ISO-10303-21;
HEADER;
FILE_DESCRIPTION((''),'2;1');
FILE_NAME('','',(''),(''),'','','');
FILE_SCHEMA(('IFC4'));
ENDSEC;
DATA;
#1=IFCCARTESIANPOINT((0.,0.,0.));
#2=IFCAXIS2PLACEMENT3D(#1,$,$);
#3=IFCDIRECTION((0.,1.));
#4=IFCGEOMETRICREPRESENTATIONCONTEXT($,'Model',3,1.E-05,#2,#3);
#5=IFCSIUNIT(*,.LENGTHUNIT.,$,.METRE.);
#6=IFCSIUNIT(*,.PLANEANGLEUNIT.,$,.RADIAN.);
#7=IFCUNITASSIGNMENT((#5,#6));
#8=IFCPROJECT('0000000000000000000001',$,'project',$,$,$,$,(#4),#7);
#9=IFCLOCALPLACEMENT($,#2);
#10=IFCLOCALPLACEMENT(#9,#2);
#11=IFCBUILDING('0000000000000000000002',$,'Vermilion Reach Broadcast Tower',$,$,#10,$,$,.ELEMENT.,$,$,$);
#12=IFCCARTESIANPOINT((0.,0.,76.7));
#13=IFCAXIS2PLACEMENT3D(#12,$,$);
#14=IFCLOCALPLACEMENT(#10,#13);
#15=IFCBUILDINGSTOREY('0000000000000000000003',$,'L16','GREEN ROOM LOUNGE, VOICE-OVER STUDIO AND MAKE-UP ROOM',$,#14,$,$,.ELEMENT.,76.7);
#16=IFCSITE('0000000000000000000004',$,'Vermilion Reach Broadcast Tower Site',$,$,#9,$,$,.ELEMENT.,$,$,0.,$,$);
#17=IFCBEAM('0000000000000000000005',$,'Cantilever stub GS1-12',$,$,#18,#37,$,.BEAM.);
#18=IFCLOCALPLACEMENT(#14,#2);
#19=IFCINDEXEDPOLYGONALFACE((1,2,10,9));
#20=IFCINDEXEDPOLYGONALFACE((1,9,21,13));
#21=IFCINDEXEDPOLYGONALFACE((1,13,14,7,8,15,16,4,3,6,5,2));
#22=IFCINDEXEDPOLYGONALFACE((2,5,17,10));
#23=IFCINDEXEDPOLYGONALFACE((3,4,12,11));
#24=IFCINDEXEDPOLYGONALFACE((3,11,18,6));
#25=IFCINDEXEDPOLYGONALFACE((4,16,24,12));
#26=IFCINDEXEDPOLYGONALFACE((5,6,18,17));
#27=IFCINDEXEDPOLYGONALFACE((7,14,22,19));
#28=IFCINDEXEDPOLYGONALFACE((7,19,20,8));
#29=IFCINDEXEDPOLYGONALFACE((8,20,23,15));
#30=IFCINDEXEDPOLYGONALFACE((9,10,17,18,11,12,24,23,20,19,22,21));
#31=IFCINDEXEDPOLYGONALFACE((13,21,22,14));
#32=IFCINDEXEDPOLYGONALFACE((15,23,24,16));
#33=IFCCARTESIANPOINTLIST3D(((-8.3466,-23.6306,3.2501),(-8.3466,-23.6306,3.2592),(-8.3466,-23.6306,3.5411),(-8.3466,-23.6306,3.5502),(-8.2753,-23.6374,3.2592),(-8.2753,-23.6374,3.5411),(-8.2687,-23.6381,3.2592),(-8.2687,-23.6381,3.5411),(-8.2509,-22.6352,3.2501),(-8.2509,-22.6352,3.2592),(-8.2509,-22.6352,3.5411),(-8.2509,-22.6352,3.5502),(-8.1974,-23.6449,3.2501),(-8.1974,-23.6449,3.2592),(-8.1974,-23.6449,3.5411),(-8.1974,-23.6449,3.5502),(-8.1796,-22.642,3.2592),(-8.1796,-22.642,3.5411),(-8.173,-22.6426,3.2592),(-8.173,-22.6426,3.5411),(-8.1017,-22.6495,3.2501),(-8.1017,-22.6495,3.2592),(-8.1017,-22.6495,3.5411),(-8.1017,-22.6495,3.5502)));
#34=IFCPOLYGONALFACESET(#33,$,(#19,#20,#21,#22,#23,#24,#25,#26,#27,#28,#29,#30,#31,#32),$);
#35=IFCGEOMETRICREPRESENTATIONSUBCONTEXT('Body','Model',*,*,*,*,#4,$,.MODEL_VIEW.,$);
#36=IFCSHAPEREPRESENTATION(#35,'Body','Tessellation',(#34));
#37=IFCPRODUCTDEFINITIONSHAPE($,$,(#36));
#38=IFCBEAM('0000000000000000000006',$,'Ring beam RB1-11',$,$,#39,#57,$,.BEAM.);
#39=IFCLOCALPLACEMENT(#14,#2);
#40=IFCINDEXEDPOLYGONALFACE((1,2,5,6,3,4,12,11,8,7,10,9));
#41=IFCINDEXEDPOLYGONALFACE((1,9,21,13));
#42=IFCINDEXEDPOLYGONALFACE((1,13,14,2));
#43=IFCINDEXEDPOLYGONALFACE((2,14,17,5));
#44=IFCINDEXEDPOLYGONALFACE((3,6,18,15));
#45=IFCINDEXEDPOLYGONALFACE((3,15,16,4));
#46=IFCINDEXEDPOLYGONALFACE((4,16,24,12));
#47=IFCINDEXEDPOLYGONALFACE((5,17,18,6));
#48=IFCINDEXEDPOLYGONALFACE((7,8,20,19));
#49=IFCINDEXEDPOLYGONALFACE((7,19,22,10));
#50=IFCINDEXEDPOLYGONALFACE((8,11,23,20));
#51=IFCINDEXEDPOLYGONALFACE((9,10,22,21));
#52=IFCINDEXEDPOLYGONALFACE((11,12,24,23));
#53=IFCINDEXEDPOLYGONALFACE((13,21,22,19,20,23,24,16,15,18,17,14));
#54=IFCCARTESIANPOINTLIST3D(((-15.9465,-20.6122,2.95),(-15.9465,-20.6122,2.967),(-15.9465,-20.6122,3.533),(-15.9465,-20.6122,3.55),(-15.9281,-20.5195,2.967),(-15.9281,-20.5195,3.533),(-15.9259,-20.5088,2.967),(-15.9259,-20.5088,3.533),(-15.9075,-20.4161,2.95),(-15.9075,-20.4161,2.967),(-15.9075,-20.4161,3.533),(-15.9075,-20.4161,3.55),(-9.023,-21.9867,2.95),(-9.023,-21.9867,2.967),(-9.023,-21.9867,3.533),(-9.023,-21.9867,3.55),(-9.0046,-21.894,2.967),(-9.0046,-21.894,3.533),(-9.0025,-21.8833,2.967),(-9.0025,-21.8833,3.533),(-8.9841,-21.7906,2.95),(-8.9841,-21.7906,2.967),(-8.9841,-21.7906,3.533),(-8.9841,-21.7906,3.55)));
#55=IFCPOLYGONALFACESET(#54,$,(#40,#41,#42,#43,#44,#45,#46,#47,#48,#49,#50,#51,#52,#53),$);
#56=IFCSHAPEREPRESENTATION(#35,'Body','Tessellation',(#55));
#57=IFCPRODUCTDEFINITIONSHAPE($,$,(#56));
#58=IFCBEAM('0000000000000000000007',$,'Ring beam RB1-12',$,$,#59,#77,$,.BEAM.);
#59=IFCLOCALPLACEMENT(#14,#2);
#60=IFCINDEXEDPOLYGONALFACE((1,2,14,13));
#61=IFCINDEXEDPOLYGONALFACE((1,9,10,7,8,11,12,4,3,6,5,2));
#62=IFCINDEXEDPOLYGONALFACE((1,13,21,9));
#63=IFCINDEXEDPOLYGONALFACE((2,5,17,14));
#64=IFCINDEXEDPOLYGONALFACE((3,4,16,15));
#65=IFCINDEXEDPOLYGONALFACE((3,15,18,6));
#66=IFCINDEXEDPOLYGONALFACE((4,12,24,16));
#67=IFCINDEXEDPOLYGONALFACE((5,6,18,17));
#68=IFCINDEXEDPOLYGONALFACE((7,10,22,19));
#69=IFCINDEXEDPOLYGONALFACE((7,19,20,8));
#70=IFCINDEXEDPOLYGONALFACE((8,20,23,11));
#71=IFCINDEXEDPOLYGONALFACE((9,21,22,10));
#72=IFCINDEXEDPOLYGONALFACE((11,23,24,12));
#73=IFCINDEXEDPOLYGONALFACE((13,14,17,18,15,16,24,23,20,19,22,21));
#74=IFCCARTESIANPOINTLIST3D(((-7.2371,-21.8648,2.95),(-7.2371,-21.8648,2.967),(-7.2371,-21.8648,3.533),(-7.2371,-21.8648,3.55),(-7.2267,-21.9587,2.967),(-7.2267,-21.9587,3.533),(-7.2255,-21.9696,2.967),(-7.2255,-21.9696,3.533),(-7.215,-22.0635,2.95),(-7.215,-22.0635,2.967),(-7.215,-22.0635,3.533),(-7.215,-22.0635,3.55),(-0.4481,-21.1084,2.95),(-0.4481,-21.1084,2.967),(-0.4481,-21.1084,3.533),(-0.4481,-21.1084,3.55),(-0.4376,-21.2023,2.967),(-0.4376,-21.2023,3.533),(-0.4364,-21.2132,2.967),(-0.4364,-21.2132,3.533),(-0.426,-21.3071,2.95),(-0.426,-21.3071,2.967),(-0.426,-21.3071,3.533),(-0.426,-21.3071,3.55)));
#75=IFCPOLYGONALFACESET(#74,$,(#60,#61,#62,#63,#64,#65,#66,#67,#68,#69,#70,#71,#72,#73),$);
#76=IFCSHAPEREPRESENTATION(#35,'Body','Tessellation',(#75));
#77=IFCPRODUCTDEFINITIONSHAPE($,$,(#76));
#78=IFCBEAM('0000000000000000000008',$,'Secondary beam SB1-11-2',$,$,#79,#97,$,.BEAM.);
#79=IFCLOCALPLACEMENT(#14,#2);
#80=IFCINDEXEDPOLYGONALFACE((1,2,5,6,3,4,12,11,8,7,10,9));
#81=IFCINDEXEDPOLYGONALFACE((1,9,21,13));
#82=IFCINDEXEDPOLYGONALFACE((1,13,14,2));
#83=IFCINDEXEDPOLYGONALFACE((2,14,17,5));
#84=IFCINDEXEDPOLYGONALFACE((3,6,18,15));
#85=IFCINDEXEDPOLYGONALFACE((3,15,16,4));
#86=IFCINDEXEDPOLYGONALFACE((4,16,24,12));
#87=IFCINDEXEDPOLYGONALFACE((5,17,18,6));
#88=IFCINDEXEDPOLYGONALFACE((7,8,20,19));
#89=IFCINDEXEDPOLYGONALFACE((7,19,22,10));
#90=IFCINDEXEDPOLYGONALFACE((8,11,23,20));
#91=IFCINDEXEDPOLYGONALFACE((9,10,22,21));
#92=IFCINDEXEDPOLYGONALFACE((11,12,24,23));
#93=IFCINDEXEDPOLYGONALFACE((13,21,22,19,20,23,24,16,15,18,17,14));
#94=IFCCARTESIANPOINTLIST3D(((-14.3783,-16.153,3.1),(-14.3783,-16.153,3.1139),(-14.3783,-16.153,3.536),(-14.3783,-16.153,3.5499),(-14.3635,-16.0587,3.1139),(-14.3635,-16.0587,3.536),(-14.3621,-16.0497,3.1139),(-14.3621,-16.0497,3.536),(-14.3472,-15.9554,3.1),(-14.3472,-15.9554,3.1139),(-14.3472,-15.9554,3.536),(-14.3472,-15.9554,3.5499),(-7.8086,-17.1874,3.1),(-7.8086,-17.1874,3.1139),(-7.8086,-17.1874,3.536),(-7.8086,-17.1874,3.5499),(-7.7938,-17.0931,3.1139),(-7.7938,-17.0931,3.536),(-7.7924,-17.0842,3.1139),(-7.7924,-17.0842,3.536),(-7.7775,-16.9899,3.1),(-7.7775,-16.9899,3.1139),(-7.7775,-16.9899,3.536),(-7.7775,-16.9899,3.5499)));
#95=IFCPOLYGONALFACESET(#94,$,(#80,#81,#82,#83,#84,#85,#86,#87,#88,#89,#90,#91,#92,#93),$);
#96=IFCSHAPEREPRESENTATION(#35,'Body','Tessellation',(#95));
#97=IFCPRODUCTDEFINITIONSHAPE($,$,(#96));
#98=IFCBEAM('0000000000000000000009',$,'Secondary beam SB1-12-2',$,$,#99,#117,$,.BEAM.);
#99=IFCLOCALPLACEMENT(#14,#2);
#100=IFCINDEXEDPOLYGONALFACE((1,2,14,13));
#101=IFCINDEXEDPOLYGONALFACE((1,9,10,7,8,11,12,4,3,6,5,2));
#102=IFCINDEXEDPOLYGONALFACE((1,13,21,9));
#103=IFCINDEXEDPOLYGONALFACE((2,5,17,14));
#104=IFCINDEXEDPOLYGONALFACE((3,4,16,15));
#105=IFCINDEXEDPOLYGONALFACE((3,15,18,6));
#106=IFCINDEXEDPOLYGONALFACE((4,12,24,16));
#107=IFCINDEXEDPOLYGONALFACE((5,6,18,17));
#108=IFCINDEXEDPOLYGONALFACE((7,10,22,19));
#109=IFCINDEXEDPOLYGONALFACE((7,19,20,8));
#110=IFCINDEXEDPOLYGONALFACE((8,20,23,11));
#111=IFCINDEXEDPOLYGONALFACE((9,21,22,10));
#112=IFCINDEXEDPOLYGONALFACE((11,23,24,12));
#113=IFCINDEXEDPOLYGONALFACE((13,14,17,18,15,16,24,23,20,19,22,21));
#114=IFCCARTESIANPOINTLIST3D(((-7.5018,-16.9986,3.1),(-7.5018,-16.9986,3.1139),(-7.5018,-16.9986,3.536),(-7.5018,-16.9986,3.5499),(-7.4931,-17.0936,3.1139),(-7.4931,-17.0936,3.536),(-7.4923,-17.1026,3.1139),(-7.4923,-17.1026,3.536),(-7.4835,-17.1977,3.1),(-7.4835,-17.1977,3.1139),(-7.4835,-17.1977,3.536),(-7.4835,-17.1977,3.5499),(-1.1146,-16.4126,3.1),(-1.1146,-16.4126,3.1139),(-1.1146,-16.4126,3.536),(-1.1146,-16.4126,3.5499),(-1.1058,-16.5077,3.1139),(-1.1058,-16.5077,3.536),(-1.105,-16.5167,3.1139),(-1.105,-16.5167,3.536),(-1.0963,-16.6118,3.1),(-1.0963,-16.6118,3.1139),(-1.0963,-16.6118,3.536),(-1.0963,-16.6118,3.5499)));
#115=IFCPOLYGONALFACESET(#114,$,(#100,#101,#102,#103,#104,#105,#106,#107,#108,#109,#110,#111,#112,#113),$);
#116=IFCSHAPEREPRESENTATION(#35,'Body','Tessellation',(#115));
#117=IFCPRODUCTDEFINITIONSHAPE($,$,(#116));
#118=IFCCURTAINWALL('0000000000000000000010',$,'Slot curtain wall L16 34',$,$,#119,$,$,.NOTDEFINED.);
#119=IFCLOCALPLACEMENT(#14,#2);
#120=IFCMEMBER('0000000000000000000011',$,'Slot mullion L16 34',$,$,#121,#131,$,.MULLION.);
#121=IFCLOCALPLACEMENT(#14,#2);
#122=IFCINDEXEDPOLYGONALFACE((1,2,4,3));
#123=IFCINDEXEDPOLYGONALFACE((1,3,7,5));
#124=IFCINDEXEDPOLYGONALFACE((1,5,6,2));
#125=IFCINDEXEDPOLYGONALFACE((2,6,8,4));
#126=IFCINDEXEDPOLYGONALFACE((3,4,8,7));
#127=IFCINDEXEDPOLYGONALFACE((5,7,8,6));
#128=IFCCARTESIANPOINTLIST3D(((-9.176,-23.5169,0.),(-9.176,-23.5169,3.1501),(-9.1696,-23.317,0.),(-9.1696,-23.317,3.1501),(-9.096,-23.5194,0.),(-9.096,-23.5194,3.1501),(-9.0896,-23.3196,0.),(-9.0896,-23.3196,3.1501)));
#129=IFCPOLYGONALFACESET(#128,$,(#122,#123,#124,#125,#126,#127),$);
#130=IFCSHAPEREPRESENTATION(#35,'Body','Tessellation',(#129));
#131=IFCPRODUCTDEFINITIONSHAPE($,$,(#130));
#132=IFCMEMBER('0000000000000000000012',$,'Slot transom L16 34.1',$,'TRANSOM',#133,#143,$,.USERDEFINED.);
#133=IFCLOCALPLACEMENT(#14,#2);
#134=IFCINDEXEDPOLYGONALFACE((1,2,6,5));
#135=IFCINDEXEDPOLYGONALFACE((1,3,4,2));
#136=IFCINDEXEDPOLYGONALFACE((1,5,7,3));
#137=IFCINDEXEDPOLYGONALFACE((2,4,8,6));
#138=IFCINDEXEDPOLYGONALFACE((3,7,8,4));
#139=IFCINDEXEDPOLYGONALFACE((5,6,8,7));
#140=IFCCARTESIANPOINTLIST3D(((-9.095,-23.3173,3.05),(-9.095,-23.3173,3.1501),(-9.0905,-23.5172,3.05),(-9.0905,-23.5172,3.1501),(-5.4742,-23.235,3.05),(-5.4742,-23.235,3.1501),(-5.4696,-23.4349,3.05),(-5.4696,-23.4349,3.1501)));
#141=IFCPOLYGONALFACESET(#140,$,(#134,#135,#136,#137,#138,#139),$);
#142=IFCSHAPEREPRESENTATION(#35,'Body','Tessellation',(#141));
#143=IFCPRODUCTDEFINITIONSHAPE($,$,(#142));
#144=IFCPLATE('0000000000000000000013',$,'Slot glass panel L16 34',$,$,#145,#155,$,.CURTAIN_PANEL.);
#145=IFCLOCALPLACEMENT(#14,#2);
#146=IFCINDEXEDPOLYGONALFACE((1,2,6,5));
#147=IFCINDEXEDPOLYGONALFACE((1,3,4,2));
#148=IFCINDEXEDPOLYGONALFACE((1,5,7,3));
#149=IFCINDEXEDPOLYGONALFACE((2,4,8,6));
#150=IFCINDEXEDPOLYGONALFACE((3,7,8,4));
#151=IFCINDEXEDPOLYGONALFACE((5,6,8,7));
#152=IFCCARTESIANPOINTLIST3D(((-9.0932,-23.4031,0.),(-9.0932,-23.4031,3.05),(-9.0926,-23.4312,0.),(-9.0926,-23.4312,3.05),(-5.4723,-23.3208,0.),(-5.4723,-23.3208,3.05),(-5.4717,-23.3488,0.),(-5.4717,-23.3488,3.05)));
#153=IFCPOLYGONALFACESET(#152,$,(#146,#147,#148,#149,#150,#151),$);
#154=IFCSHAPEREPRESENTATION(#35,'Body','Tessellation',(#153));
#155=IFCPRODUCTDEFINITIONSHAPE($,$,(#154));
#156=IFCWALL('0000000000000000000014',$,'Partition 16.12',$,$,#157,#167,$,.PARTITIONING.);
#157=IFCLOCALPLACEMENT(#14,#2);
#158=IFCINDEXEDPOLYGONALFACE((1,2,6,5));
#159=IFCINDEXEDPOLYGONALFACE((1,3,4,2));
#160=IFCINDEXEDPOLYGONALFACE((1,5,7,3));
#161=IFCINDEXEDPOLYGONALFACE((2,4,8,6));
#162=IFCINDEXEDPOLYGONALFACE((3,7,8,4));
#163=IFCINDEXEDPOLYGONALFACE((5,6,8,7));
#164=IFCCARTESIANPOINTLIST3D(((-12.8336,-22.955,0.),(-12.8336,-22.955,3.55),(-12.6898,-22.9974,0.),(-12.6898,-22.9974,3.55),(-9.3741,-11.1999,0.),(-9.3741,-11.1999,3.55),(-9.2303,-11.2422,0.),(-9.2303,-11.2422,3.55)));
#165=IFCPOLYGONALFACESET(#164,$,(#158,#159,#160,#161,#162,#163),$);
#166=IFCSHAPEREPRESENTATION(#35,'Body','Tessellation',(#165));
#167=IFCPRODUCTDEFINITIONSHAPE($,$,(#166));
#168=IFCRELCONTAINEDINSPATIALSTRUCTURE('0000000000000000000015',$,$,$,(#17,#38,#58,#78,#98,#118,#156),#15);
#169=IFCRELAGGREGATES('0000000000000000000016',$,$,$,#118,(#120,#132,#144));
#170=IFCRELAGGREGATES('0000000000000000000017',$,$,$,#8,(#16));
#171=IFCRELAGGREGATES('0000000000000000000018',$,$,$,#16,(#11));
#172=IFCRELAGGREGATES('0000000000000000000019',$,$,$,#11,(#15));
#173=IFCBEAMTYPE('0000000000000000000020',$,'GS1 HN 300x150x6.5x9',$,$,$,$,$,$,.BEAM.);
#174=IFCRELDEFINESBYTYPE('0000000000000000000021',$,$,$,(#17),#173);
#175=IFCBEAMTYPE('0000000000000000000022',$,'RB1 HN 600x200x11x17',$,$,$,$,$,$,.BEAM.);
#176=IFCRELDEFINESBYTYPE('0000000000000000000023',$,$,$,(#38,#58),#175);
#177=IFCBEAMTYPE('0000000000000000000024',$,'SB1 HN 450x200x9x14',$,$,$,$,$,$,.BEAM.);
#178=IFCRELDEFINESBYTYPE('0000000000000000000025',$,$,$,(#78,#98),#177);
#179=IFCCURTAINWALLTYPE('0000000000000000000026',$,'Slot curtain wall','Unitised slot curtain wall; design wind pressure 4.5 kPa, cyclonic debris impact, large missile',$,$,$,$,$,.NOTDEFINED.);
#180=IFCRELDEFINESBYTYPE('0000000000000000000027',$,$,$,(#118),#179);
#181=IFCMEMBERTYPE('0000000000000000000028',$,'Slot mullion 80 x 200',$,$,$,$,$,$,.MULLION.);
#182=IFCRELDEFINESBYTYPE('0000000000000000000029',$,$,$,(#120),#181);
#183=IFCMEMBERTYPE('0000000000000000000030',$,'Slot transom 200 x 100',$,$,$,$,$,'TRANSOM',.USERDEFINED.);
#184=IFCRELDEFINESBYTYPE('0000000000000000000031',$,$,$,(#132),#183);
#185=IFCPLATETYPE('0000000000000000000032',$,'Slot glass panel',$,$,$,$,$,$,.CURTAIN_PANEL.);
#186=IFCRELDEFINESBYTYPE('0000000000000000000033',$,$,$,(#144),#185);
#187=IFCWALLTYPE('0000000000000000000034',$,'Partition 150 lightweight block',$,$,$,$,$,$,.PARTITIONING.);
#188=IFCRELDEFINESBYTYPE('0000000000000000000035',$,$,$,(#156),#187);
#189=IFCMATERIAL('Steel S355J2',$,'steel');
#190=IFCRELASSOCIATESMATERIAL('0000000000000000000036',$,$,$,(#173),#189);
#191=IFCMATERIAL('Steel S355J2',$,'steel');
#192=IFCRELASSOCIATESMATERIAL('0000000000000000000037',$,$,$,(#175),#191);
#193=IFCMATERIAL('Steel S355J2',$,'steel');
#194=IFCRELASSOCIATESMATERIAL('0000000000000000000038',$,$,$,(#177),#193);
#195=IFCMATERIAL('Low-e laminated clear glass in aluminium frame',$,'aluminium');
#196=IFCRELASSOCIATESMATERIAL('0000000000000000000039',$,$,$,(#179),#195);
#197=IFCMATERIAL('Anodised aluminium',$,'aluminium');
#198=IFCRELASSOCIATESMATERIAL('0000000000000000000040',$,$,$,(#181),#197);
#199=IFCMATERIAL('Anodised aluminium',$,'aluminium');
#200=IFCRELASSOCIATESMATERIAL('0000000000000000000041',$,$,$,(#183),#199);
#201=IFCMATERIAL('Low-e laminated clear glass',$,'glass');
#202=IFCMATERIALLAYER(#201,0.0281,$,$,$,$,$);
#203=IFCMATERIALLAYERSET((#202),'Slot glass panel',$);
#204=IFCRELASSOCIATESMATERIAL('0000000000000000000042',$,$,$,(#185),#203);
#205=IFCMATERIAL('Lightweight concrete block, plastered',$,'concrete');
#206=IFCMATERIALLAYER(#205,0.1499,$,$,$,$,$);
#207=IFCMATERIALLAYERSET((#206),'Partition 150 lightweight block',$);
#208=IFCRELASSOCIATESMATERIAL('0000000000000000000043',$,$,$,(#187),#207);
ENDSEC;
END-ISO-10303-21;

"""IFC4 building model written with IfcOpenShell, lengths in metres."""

from ifc_helpers import new_model, si_unit, direction, frame, frame_2d, origin, origin_2d, place, context, subcontext, project, spatial, rectangle, i_section, extrude, material, layer, layer_set, material_profile, profile_set, type_object, element, aggregate, save


model = new_model("IFC4")

# Units and contexts
model_context = context("Model", 3, precision=1e-05, world=origin(), true_north=direction((0.0, 1.0)))
body_context = subcontext(model_context, "Body", "Model", "MODEL_VIEW")
ifc_project = project(units=[si_unit("LENGTHUNIT", "METRE"), si_unit("PLANEANGLEUNIT", "RADIAN")], contexts=[model_context])

# Site, building, storey
site_placement = place(None, origin())
site = spatial("IfcSite", under=ifc_project, at=site_placement, Name="Vermilion Reach Broadcast Tower Site", CompositionType="ELEMENT", RefElevation=0.0)
building_placement = place(site_placement, origin())
building = spatial("IfcBuilding", under=site, at=building_placement, Name="Vermilion Reach Broadcast Tower", CompositionType="ELEMENT")
storey_placement = place(building_placement, frame((0.0, 0.0, 76.7)))
storey = spatial("IfcBuildingStorey", under=building, at=storey_placement, Name="L16", Description="GREEN ROOM LOUNGE, VOICE-OVER STUDIO AND MAKE-UP ROOM", CompositionType="ELEMENT", Elevation=76.7)

# Beams
ifc_material_1 = material(Name="Steel S355J2", Category="steel")
ifc_material_profile_1 = material_profile(ifc_material_1, i_section(OverallWidth=0.1499, OverallDepth=0.3, WebThickness=0.0066, FlangeThickness=0.009, at=origin_2d()), Name="S355J2 HN 300x150x6.5x9")
ifc_profile_set_1 = profile_set([ifc_material_profile_1], Name="Steel S355J2")
beam_type_1 = type_object("IfcBeamType", Name="GS1 HN 300x150x6.5x9", PredefinedType="BEAM", material=ifc_profile_set_1)
beam_1_placement = place(storey_placement, frame((-8.1763, -22.6423, 3.4001), z_axis=(-0.095708, -0.995409, 0.0), x_axis=(0.995409, -0.095708, 0.0)))
element("IfcBeam", 1, at=beam_1_placement, inside=storey, type_object=beam_type_1, Name="Cantilever stub GS1-12", PredefinedType="BEAM", context=body_context, shape_type="SweptSolid", body=[
    extrude(i_section(OverallWidth=0.1499, OverallDepth=0.3, WebThickness=0.0066, FlangeThickness=0.009, at=origin_2d()), origin(), (0.0, 0.0, 1.0), 1.0),
])
ifc_material_2 = material(Name="Steel S355J2", Category="steel")
ifc_material_profile_2 = material_profile(ifc_material_2, i_section(OverallWidth=0.2, OverallDepth=0.6001, WebThickness=0.011, FlangeThickness=0.0171, at=origin_2d()), Name="S355J2 HN 600x200x11x17")
ifc_profile_set_2 = profile_set([ifc_material_profile_2], Name="Steel S355J2")
beam_type_2 = type_object("IfcBeamType", Name="RB1 HN 600x200x11x17", PredefinedType="BEAM", material=ifc_profile_set_2)
beam_2_placement = place(storey_placement, frame((-15.927, -20.5142, 3.25), z_axis=(0.980858, -0.194726, 0.0), x_axis=(0.194726, 0.980858, 0.0)))
element("IfcBeam", 2, at=beam_2_placement, inside=storey, type_object=beam_type_2, Name="Ring beam RB1-11", PredefinedType="BEAM", context=body_context, shape_type="SweptSolid", body=[
    extrude(i_section(OverallWidth=0.2, OverallDepth=0.6001, WebThickness=0.011, FlangeThickness=0.0171, at=origin_2d()), origin(), (0.0, 0.0, 1.0), 7.0586),
])
beam_3_placement = place(storey_placement, frame((-7.2261, -21.9641, 3.25), z_axis=(0.993851, 0.110722, 0.0), x_axis=(-0.110722, 0.993851, 0.0)))
element("IfcBeam", 3, at=beam_3_placement, inside=storey, type_object=beam_type_2, Name="Ring beam RB1-12", PredefinedType="BEAM", context=body_context, shape_type="SweptSolid", body=[
    extrude(i_section(OverallWidth=0.2, OverallDepth=0.6001, WebThickness=0.011, FlangeThickness=0.0171, at=origin_2d()), origin(), (0.0, 0.0, 1.0), 6.8311),
])
ifc_material_3 = material(Name="Steel S355J2", Category="steel")
ifc_material_profile_3 = material_profile(ifc_material_3, i_section(OverallWidth=0.2, OverallDepth=0.45, WebThickness=0.009, FlangeThickness=0.0139, at=origin_2d()), Name="S355J2 HN 450x200x9x14")
ifc_profile_set_3 = profile_set([ifc_material_profile_3], Name="Steel S355J2")
beam_type_3 = type_object("IfcBeamType", Name="SB1 HN 450x200x9x14", PredefinedType="BEAM", material=ifc_profile_set_3)
beam_4_placement = place(storey_placement, frame((-14.3628, -16.0542, 3.325), z_axis=(0.98783, -0.15554, 0.0), x_axis=(0.15554, 0.98783, 0.0)))
element("IfcBeam", 4, at=beam_4_placement, inside=storey, type_object=beam_type_3, Name="Secondary beam SB1-11-2", PredefinedType="BEAM", context=body_context, shape_type="SweptSolid", body=[
    extrude(i_section(OverallWidth=0.2, OverallDepth=0.45, WebThickness=0.009, FlangeThickness=0.0139, at=origin_2d()), origin(), (0.0, 0.0, 1.0), 6.6506),
])
beam_5_placement = place(storey_placement, frame((-7.4927, -17.0981, 3.325), z_axis=(0.995819, 0.091353, 0.0), x_axis=(-0.091353, 0.995819, 0.0)))
element("IfcBeam", 5, at=beam_5_placement, inside=storey, type_object=beam_type_3, Name="Secondary beam SB1-12-2", PredefinedType="BEAM", context=body_context, shape_type="SweptSolid", body=[
    extrude(i_section(OverallWidth=0.2, OverallDepth=0.45, WebThickness=0.009, FlangeThickness=0.0139, at=origin_2d()), origin(), (0.0, 0.0, 1.0), 6.4141),
])

# Curtain wall, members, plate
ifc_material_4 = material(Name="Low-e laminated clear glass in aluminium frame", Category="aluminium")
curtain_wall_type = type_object("IfcCurtainWallType", Name="Slot curtain wall", Description="Unitised slot curtain wall; design wind pressure 4.5 kPa, cyclonic debris impact, large missile", PredefinedType="NOTDEFINED", material=ifc_material_4)
curtain_wall_placement = place(storey_placement, origin())
curtain_wall = element("IfcCurtainWall", 6, at=curtain_wall_placement, inside=storey, type_object=curtain_wall_type, Name="Slot curtain wall L16 34", PredefinedType="NOTDEFINED")
ifc_material_5 = material(Name="Anodised aluminium", Category="aluminium")
ifc_material_profile_4 = material_profile(ifc_material_5, rectangle(XDim=0.2, YDim=0.0801, at=origin_2d()), Name="Slot mullion 80 x 200")
ifc_profile_set_4 = profile_set([ifc_material_profile_4], Name="Anodised aluminium")
member_type_1 = type_object("IfcMemberType", Name="Slot mullion 80 x 200", PredefinedType="MULLION", material=ifc_profile_set_4)
member_1_placement = place(storey_placement, frame((-9.1328, -23.4182, 0.0), z_axis=(0.0, 0.0, 1.0), x_axis=(0.032126, 0.999484, 0.0)))
member_1 = element("IfcMember", 7, at=member_1_placement, type_object=member_type_1, Name="Slot mullion L16 34", PredefinedType="MULLION", context=body_context, shape_type="SweptSolid", body=[
    extrude(rectangle(XDim=0.2, YDim=0.0801, at=origin_2d()), origin(), (0.0, 0.0, 1.0), 3.1501),
])
ifc_material_6 = material(Name="Anodised aluminium", Category="aluminium")
ifc_material_profile_5 = material_profile(ifc_material_6, rectangle(XDim=0.2, YDim=0.1001, at=origin_2d()), Name="Slot transom 200 x 100")
ifc_profile_set_5 = profile_set([ifc_material_profile_5], Name="Anodised aluminium")
member_type_2 = type_object("IfcMemberType", Name="Slot transom 200 x 100", ElementType="TRANSOM", PredefinedType="USERDEFINED", material=ifc_profile_set_5)
member_2_placement = place(storey_placement, frame((-9.0928, -23.4172, 3.1001), z_axis=(0.999742, 0.022717, 0.0), x_axis=(-0.022717, 0.999742, 0.0)))
member_2 = element("IfcMember", 8, at=member_2_placement, type_object=member_type_2, Name="Slot transom L16 34.1", ObjectType="TRANSOM", PredefinedType="USERDEFINED", context=body_context, shape_type="SweptSolid", body=[
    extrude(rectangle(XDim=0.2, YDim=0.1001, at=origin_2d()), origin(), (0.0, 0.0, 1.0), 3.6218),
])
ifc_material_7 = material(Name="Low-e laminated clear glass", Category="glass")
ifc_layer_1 = layer(ifc_material_7, 0.0281)
ifc_layer_set_1 = layer_set([ifc_layer_1], Name="Slot glass panel")
plate_type = type_object("IfcPlateType", Name="Slot glass panel", PredefinedType="CURTAIN_PANEL", material=ifc_layer_set_1)
plate_placement = place(storey_placement, frame((-7.2825, -23.376, 0.0), z_axis=(0.0, 0.0, 1.0), x_axis=(0.999742, 0.02273, 0.0)))
plate = element("IfcPlate", 9, at=plate_placement, type_object=plate_type, Name="Slot glass panel L16 34", PredefinedType="CURTAIN_PANEL", context=body_context, shape_type="SweptSolid", body=[
    extrude(rectangle(XDim=3.6218, YDim=0.0281, at=origin_2d()), origin(), (0.0, 0.0, 1.0), 3.05),
])
aggregate(curtain_wall, [member_1, member_2, plate])

# Wall
ifc_material_8 = material(Name="Lightweight concrete block, plastered", Category="concrete")
ifc_layer_2 = layer(ifc_material_8, 0.1499)
ifc_layer_set_2 = layer_set([ifc_layer_2], Name="Partition 150 lightweight block")
wall_type_1 = type_object("IfcWallType", Name="Partition 150 lightweight block", PredefinedType="PARTITIONING", material=ifc_layer_set_2)
wall_1_placement = place(storey_placement, frame((-12.7617, -22.9763, 0.0), z_axis=(0.0, 0.0, 1.0), x_axis=(0.282323, 0.959319, 0.0)))
element("IfcWall", 10, at=wall_1_placement, inside=storey, type_object=wall_type_1, Name="Partition 16.12", PredefinedType="PARTITIONING", context=body_context, shape_type="SweptSolid", body=[
    extrude(rectangle(XDim=12.2537, YDim=0.1499, at=frame_2d((6.127, 0.0))), origin(), (0.0, 0.0, 1.0), 3.55),
])

save(model, "model.ifc")
